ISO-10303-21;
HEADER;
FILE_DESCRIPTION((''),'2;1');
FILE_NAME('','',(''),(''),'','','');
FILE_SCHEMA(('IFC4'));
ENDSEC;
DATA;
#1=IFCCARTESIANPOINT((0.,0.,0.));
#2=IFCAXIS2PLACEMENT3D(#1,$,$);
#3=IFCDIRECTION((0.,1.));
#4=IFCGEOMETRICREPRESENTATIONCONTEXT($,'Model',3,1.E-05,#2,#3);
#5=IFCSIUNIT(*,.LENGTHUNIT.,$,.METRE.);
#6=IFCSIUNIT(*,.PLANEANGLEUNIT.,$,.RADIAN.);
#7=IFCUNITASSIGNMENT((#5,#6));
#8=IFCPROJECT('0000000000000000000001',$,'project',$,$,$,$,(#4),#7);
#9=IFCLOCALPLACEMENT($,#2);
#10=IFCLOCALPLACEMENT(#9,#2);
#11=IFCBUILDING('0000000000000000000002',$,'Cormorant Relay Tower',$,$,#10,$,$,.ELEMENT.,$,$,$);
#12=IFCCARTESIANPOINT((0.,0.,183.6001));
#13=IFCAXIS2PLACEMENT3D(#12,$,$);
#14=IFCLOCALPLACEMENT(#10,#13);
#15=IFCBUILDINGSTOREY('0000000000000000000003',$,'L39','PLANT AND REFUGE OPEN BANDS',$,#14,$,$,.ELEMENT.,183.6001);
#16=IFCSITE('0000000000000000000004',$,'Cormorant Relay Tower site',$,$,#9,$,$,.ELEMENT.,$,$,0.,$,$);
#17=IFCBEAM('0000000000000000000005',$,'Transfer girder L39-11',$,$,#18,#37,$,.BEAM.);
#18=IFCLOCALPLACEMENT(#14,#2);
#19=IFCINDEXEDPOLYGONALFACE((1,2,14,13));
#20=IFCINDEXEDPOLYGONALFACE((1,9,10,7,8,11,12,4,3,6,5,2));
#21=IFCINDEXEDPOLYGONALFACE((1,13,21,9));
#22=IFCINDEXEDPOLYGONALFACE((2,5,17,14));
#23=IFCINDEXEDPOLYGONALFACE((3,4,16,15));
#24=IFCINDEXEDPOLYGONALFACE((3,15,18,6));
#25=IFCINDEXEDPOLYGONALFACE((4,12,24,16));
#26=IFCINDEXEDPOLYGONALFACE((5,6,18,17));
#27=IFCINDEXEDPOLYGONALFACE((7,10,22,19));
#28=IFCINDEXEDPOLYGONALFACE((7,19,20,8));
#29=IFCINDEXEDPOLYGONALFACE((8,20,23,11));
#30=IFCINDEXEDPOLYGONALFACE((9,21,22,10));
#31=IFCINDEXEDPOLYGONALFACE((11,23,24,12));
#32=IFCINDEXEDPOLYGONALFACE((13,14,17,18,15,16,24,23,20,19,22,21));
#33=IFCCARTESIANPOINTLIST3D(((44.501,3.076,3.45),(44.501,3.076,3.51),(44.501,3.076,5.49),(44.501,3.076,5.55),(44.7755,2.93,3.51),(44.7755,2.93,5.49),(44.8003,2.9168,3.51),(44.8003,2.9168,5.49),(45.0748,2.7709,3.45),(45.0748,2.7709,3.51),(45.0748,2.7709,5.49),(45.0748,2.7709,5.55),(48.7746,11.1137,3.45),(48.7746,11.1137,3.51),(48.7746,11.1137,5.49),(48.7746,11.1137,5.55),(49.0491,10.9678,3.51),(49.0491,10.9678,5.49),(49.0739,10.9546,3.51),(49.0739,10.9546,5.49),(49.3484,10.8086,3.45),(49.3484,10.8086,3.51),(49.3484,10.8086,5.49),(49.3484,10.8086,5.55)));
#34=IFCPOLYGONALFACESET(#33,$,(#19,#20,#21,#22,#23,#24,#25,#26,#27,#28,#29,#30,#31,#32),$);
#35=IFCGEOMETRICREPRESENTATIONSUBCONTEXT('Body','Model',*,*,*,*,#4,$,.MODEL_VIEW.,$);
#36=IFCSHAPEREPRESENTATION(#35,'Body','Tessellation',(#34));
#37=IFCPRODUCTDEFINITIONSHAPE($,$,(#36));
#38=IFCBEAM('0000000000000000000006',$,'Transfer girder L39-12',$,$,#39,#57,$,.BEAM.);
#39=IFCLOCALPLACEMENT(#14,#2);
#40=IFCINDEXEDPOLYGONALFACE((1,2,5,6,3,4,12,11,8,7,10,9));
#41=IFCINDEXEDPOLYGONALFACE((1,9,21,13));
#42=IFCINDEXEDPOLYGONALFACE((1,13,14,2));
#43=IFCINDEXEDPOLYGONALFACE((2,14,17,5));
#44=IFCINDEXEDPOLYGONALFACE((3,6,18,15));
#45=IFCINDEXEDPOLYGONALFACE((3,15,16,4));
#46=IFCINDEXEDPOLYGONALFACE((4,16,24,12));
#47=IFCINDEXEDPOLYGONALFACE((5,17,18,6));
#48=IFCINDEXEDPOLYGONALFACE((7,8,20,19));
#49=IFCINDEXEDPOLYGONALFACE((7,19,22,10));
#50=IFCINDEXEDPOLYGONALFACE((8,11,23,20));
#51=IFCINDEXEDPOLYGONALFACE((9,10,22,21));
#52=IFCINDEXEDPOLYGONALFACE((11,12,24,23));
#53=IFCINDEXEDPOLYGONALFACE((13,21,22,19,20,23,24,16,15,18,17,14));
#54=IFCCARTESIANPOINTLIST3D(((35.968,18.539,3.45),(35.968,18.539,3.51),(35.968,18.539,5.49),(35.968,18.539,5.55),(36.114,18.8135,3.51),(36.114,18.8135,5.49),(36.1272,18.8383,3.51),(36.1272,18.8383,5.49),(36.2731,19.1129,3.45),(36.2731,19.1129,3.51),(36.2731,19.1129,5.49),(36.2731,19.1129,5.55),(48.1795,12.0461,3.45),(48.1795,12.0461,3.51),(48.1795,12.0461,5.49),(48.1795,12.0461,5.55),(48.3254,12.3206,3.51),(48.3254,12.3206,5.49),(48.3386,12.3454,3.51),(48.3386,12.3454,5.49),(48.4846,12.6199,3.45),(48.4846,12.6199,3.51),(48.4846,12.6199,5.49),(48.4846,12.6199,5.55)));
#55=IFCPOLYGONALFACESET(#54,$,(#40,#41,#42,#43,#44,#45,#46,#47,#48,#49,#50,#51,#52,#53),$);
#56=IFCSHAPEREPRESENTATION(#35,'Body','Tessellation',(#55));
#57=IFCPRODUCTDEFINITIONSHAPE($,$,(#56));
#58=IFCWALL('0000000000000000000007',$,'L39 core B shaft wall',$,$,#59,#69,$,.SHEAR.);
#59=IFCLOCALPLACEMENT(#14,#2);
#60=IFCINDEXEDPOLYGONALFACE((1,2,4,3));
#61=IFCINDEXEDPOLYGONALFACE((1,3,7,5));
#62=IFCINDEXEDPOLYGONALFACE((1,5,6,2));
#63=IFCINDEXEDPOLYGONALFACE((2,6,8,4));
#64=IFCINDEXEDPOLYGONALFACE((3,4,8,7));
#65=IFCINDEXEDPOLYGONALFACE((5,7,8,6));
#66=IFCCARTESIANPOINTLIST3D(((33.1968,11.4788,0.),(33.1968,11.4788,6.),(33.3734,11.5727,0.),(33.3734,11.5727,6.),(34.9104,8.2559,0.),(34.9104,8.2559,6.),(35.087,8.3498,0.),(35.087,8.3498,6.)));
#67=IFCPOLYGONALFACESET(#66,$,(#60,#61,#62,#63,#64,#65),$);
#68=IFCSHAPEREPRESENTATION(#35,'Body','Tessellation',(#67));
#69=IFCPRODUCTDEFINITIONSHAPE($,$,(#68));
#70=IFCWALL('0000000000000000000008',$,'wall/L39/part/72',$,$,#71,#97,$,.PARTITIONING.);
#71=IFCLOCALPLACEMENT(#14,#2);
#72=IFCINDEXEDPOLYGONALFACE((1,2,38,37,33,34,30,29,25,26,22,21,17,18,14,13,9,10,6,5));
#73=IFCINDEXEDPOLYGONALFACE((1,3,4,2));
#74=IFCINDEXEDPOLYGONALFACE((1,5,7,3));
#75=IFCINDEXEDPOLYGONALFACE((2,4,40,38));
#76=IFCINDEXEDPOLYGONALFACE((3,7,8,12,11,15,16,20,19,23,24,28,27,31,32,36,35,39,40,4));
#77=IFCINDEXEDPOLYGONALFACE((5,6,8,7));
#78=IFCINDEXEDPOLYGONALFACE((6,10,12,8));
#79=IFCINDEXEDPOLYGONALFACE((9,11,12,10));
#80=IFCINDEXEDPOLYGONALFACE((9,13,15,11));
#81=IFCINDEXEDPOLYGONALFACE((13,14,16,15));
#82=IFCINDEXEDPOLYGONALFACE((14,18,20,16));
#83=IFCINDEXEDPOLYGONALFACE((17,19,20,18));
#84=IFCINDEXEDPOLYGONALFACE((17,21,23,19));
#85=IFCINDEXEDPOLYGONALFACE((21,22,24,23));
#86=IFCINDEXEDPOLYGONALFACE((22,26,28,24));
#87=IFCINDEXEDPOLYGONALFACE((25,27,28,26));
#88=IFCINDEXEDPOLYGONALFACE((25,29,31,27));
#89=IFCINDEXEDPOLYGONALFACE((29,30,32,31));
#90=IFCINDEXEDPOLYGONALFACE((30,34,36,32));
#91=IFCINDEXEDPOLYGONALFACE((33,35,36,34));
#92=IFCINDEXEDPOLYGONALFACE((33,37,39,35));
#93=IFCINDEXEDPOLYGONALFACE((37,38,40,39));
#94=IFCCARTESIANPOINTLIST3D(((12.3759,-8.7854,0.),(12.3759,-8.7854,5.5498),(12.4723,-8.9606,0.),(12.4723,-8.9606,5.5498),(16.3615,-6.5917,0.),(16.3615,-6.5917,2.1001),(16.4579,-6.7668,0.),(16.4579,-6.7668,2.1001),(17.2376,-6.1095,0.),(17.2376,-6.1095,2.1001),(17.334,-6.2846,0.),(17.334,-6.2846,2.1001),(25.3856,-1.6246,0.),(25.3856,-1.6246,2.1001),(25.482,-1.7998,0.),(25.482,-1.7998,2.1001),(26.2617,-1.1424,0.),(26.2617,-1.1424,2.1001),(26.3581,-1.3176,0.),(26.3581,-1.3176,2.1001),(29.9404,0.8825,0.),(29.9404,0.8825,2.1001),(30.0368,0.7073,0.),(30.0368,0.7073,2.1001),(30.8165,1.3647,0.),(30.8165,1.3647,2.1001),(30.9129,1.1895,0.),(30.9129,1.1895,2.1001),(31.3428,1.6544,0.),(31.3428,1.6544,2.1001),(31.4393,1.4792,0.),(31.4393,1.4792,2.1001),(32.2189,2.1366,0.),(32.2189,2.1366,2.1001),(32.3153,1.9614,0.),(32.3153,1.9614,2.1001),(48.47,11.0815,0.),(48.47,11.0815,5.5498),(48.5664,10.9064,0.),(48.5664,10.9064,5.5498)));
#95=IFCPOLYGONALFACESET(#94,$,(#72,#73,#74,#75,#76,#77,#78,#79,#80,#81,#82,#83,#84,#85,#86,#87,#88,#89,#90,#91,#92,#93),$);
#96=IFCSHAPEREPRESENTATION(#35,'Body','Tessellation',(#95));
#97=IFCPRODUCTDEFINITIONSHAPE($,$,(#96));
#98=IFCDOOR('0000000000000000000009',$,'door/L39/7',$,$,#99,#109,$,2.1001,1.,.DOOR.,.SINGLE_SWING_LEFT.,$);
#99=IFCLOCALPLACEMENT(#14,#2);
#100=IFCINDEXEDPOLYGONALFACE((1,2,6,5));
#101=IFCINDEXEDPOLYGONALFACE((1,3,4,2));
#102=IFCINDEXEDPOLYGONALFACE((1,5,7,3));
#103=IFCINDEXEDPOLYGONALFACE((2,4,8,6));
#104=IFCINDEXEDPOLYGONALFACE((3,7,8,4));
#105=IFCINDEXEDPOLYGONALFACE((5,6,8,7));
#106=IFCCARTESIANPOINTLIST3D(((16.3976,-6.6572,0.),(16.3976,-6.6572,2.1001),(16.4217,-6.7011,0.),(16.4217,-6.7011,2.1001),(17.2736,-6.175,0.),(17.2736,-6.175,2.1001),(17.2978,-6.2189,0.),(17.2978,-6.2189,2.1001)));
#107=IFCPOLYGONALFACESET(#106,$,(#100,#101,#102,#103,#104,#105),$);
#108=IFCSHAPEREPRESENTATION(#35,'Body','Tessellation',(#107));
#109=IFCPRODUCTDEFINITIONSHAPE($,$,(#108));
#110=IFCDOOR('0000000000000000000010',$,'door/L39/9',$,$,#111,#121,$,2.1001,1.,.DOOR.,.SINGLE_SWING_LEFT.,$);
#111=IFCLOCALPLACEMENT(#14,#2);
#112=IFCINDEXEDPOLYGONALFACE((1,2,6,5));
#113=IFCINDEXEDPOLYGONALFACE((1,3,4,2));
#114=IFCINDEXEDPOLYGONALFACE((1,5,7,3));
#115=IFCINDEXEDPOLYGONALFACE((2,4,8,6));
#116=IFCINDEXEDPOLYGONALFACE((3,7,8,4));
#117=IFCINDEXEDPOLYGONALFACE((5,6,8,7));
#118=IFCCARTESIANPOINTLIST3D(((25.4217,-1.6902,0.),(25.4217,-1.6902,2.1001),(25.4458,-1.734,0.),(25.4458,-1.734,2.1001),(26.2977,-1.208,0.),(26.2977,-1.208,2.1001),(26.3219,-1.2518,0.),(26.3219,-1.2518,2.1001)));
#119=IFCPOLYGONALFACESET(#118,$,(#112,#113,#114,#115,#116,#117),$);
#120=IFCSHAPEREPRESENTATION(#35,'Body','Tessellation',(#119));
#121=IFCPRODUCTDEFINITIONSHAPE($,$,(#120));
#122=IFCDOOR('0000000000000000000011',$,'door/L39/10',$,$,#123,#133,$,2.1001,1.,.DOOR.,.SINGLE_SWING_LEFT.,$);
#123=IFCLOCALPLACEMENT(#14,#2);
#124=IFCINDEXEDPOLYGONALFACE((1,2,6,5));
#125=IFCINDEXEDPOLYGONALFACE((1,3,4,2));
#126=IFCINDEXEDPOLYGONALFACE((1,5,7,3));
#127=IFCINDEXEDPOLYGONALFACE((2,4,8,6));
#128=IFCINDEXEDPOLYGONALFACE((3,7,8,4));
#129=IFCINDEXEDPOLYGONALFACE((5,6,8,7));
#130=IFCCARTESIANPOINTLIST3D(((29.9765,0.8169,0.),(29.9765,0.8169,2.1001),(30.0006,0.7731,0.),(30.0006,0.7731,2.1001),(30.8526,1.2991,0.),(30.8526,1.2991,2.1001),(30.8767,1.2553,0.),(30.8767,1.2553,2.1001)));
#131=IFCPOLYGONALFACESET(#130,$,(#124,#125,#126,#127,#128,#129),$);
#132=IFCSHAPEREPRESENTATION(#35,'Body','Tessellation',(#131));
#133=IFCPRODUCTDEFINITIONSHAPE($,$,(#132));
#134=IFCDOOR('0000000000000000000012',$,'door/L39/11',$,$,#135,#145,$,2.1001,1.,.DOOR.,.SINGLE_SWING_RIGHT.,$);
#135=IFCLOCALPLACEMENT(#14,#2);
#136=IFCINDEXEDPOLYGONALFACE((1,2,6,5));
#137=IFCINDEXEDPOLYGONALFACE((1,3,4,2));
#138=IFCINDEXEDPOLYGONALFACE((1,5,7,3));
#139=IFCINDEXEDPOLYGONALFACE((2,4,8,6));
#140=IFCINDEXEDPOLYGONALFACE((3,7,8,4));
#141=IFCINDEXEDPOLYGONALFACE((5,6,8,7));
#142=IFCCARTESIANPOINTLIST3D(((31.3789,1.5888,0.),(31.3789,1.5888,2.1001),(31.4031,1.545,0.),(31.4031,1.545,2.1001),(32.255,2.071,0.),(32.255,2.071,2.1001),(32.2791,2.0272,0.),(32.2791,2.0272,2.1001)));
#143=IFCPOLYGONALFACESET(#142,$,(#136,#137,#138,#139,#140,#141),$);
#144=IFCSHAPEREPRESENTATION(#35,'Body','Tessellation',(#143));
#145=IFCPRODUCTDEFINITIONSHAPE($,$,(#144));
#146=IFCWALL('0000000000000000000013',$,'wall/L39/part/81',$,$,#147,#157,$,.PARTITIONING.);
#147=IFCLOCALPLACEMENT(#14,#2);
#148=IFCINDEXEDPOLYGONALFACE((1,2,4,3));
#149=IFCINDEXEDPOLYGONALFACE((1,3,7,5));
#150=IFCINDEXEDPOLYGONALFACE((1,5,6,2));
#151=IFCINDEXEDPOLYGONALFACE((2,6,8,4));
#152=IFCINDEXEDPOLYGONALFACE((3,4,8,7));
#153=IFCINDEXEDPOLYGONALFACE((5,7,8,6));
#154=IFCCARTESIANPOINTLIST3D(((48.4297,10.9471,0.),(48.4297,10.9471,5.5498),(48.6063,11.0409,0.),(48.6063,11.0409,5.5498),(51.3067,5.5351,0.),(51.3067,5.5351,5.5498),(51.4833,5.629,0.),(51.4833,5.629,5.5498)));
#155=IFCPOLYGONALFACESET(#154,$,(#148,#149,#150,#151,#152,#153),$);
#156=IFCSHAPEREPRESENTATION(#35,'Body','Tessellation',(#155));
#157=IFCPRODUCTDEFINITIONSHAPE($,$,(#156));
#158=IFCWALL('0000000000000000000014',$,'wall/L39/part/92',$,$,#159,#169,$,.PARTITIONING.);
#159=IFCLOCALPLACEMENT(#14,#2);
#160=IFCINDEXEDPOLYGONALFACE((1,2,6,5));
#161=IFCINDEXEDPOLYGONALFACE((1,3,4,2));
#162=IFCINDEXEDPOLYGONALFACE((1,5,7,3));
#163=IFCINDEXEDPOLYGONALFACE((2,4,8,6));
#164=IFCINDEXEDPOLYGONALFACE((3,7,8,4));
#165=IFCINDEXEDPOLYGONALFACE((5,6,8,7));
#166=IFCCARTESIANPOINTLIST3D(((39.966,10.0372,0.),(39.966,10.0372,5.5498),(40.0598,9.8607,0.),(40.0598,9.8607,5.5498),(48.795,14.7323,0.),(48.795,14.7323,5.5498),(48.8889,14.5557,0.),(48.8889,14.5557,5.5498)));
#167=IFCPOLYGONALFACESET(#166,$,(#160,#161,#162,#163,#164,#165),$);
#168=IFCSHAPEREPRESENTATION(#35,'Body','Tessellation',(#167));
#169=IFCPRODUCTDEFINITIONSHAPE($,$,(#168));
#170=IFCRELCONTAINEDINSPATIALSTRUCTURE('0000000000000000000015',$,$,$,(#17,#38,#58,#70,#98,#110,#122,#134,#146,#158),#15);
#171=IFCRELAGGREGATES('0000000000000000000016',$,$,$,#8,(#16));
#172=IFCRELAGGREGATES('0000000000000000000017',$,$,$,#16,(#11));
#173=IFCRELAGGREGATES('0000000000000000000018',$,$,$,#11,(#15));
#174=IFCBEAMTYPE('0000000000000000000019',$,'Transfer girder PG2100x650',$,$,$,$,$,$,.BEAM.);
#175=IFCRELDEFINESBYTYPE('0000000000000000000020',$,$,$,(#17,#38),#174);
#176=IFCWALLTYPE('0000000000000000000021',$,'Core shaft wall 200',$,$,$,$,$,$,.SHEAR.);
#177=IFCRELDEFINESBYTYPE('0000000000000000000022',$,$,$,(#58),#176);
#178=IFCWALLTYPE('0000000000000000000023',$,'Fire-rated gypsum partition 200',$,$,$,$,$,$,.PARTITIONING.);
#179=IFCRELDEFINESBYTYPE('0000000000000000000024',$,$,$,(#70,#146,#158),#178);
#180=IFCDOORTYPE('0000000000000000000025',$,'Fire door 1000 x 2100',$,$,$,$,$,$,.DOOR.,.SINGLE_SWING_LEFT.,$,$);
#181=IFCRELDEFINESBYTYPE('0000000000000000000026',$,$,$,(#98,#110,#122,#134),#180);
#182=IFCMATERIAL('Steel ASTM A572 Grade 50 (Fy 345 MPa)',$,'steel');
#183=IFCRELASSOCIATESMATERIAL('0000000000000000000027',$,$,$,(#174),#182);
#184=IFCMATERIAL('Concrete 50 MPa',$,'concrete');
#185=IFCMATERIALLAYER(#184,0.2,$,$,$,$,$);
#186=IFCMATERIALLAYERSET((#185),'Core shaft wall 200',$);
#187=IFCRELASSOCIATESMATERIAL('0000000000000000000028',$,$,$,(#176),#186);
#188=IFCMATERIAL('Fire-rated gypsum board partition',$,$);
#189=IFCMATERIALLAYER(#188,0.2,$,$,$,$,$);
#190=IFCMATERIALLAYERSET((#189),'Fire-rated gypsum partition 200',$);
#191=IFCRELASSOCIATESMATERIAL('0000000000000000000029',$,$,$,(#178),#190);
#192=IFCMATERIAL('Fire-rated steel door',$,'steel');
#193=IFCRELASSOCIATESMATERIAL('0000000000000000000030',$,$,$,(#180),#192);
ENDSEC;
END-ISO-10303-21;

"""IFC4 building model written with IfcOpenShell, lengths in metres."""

from ifc_helpers import new_model, si_unit, direction, frame, frame_2d, origin, origin_2d, place, context, subcontext, project, spatial, rectangle, i_section, extrude, material, layer, layer_set, material_profile, profile_set, type_object, element, fill, save


model = new_model("IFC4")

# Units and contexts
model_context = context("Model", 3, precision=1e-05, world=origin(), true_north=direction((0.0, 1.0)))
body_context = subcontext(model_context, "Body", "Model", "MODEL_VIEW")
ifc_project = project(units=[si_unit("LENGTHUNIT", "METRE"), si_unit("PLANEANGLEUNIT", "RADIAN")], contexts=[model_context])

# Site, building, storey
site_placement = place(None, origin())
site = spatial("IfcSite", under=ifc_project, at=site_placement, Name="Cormorant Relay Tower site", CompositionType="ELEMENT", RefElevation=0.0)
building_placement = place(site_placement, origin())
building = spatial("IfcBuilding", under=site, at=building_placement, Name="Cormorant Relay Tower", CompositionType="ELEMENT")
storey_placement = place(building_placement, frame((0.0, 0.0, 183.6001)))
storey = spatial("IfcBuildingStorey", under=building, at=storey_placement, Name="L39", Description="PLANT AND REFUGE OPEN BANDS", CompositionType="ELEMENT", Elevation=183.6001)

# Beams
ifc_material_1 = material(Name="Steel ASTM A572 Grade 50 (Fy 345 MPa)", Category="steel")
ifc_material_profile_1 = material_profile(ifc_material_1, i_section(OverallWidth=0.6499, OverallDepth=2.1001, WebThickness=0.0281, FlangeThickness=0.0601, at=origin_2d()), Name="PG2100x650")
ifc_profile_set_1 = profile_set([ifc_material_profile_1], Name="Steel ASTM A572 Grade 50 (Fy 345 MPa)")
beam_type = type_object("IfcBeamType", Name="Transfer girder PG2100x650", PredefinedType="BEAM", material=ifc_profile_set_1)
beam_1_placement = place(storey_placement, frame((49.0615, 10.9612, 4.5), z_axis=(-0.469462, -0.882953, 0.0), x_axis=(0.882953, -0.469462, 0.0)))
element("IfcBeam", 1, at=beam_1_placement, inside=storey, type_object=beam_type, Name="Transfer girder L39-11", PredefinedType="BEAM", context=body_context, shape_type="SweptSolid", body=[
    extrude(i_section(OverallWidth=0.6499, OverallDepth=2.1001, WebThickness=0.0281, FlangeThickness=0.0601, at=origin_2d()), origin(), (0.0, 0.0, 1.0), 9.1033),
])
beam_2_placement = place(storey_placement, frame((48.332, 12.333, 4.5), z_axis=(-0.882948, 0.469471, 0.0), x_axis=(-0.469471, -0.882948, 0.0)))
element("IfcBeam", 2, at=beam_2_placement, inside=storey, type_object=beam_type, Name="Transfer girder L39-12", PredefinedType="BEAM", context=body_context, shape_type="SweptSolid", body=[
    extrude(i_section(OverallWidth=0.6499, OverallDepth=2.1001, WebThickness=0.0281, FlangeThickness=0.0601, at=origin_2d()), origin(), (0.0, 0.0, 1.0), 13.8303),
])

# Wall
ifc_material_2 = material(Name="Concrete 50 MPa", Category="concrete")
ifc_layer_1 = layer(ifc_material_2, 0.2)
ifc_layer_set_1 = layer_set([ifc_layer_1], Name="Core shaft wall 200")
wall_type_1 = type_object("IfcWallType", Name="Core shaft wall 200", PredefinedType="SHEAR", material=ifc_layer_set_1)
wall_1_placement = place(storey_placement, frame((34.9988, 8.3027, 0.0), z_axis=(0.0, 0.0, 1.0), x_axis=(-0.469467, 0.88295, 0.0)))
element("IfcWall", 3, at=wall_1_placement, inside=storey, type_object=wall_type_1, Name="L39 core B shaft wall", PredefinedType="SHEAR", context=body_context, shape_type="SweptSolid", body=[
    extrude(rectangle(XDim=3.6501, YDim=0.2, at=frame_2d((1.8252, 0.0))), origin(), (0.0, 0.0, 1.0), 6.0),
])

# Wall, openings, doors
ifc_material_3 = material(Name="Fire-rated gypsum board partition")
ifc_layer_2 = layer(ifc_material_3, 0.2)
ifc_layer_set_2 = layer_set([ifc_layer_2], Name="Fire-rated gypsum partition 200")
wall_type_2 = type_object("IfcWallType", Name="Fire-rated gypsum partition 200", PredefinedType="PARTITIONING", material=ifc_layer_set_2)
wall_2_placement = place(storey_placement, frame((48.5181, 10.9939, 0.0), z_axis=(0.0, 0.0, 1.0), x_axis=(-0.87606, -0.482203, 0.0)))
wall_2 = element("IfcWall", 4, at=wall_2_placement, inside=storey, type_object=wall_type_2, Name="wall/L39/part/72", PredefinedType="PARTITIONING", context=body_context, shape_type="SweptSolid", body=[
    extrude(rectangle(XDim=41.2004, YDim=0.2, at=frame_2d((20.6001, 0.0))), origin(), (0.0, 0.0, 1.0), 5.5498),
])
opening_1_placement = place(wall_2_placement, frame((35.6509, 0.0, 0.0)))
opening_1 = element("IfcOpeningElement", 5, at=opening_1_placement, cuts=wall_2, PredefinedType="OPENING", context=body_context, shape_type="SweptSolid", body=[
    extrude(rectangle(XDim=1.0, YDim=2.1001, at=frame_2d((0.5, 1.05))), frame((0.0, 0.1099, 0.0), z_axis=(0.0, -1.0, 0.0), x_axis=(1.0, 0.0, 0.0)), (0.0, 0.0, 1.0), 0.22),
])
opening_2_placement = place(wall_2_placement, frame((25.3501, 0.0, 0.0)))
opening_2 = element("IfcOpeningElement", 6, at=opening_2_placement, cuts=wall_2, PredefinedType="OPENING", context=body_context, shape_type="SweptSolid", body=[
    extrude(rectangle(XDim=1.0, YDim=2.1001, at=frame_2d((0.5, 1.05))), frame((0.0, 0.1099, 0.0), z_axis=(0.0, -1.0, 0.0), x_axis=(1.0, 0.0, 0.0)), (0.0, 0.0, 1.0), 0.22),
])
opening_3_placement = place(wall_2_placement, frame((20.1509, 0.0, 0.0)))
opening_3 = element("IfcOpeningElement", 7, at=opening_3_placement, cuts=wall_2, PredefinedType="OPENING", context=body_context, shape_type="SweptSolid", body=[
    extrude(rectangle(XDim=1.0, YDim=2.1001, at=frame_2d((0.5, 1.05))), frame((0.0, 0.1099, 0.0), z_axis=(0.0, -1.0, 0.0), x_axis=(1.0, 0.0, 0.0)), (0.0, 0.0, 1.0), 0.22),
])
opening_4_placement = place(wall_2_placement, frame((18.55, 0.0, 0.0)))
opening_4 = element("IfcOpeningElement", 8, at=opening_4_placement, cuts=wall_2, PredefinedType="OPENING", context=body_context, shape_type="SweptSolid", body=[
    extrude(rectangle(XDim=1.0, YDim=2.1001, at=frame_2d((0.5, 1.05))), frame((0.0, 0.1099, 0.0), z_axis=(0.0, -1.0, 0.0), x_axis=(1.0, 0.0, 0.0)), (0.0, 0.0, 1.0), 0.22),
])
ifc_material_4 = material(Name="Fire-rated steel door", Category="steel")
door_type_1 = type_object("IfcDoorType", Name="Fire door 1000 x 2100", OperationType="SINGLE_SWING_LEFT", PredefinedType="DOOR", material=ifc_material_4)
door_1_placement = place(opening_1_placement, origin())
door_1 = element("IfcDoor", 9, at=door_1_placement, inside=storey, type_object=door_type_1, Name="door/L39/7", OperationType="SINGLE_SWING_LEFT", OverallHeight=2.1001, OverallWidth=1.0, PredefinedType="DOOR", context=body_context, shape_type="SweptSolid", body=[
    extrude(rectangle(XDim=1.0, YDim=2.1001, at=frame_2d((0.5, 1.05))), frame((0.0, 0.0249, 0.0), z_axis=(0.0, -1.0, 0.0), x_axis=(1.0, 0.0, 0.0)), (0.0, 0.0, 1.0), 0.05),
])
fill(opening_1, door_1)
door_2_placement = place(opening_2_placement, origin())
door_2 = element("IfcDoor", 10, at=door_2_placement, inside=storey, type_object=door_type_1, Name="door/L39/9", OperationType="SINGLE_SWING_LEFT", OverallHeight=2.1001, OverallWidth=1.0, PredefinedType="DOOR", context=body_context, shape_type="SweptSolid", body=[
    extrude(rectangle(XDim=1.0, YDim=2.1001, at=frame_2d((0.5, 1.05))), frame((0.0, 0.0249, 0.0), z_axis=(0.0, -1.0, 0.0), x_axis=(1.0, 0.0, 0.0)), (0.0, 0.0, 1.0), 0.05),
])
fill(opening_2, door_2)
door_3_placement = place(opening_3_placement, origin())
door_3 = element("IfcDoor", 11, at=door_3_placement, inside=storey, type_object=door_type_1, Name="door/L39/10", OperationType="SINGLE_SWING_LEFT", OverallHeight=2.1001, OverallWidth=1.0, PredefinedType="DOOR", context=body_context, shape_type="SweptSolid", body=[
    extrude(rectangle(XDim=1.0, YDim=2.1001, at=frame_2d((0.5, 1.05))), frame((0.0, 0.0249, 0.0), z_axis=(0.0, -1.0, 0.0), x_axis=(1.0, 0.0, 0.0)), (0.0, 0.0, 1.0), 0.05),
])
fill(opening_3, door_3)
door_4_placement = place(opening_4_placement, origin())
door_4 = element("IfcDoor", 12, at=door_4_placement, inside=storey, type_object=door_type_1, Name="door/L39/11", OperationType="SINGLE_SWING_RIGHT", OverallHeight=2.1001, OverallWidth=1.0, PredefinedType="DOOR", context=body_context, shape_type="SweptSolid", body=[
    extrude(rectangle(XDim=1.0, YDim=2.1001, at=frame_2d((0.5, 1.05))), frame((0.0, 0.0249, 0.0), z_axis=(0.0, -1.0, 0.0), x_axis=(1.0, 0.0, 0.0)), (0.0, 0.0, 1.0), 0.05),
])
fill(opening_4, door_4)

# Walls
wall_3_placement = place(storey_placement, frame((48.5181, 10.9939, 0.0), z_axis=(0.0, 0.0, 1.0), x_axis=(0.469397, -0.882987, 0.0)))
element("IfcWall", 13, at=wall_3_placement, inside=storey, type_object=wall_type_2, Name="wall/L39/part/81", PredefinedType="PARTITIONING", context=body_context, shape_type="SweptSolid", body=[
    extrude(rectangle(XDim=6.1292, YDim=0.2, at=frame_2d((3.0645, 0.0))), origin(), (0.0, 0.0, 1.0), 5.5498),
])
wall_4_placement = place(storey_placement, frame((48.842, 14.644, 0.0), z_axis=(0.0, 0.0, 1.0), x_axis=(-0.882925, -0.469515, 0.0)))
element("IfcWall", 14, at=wall_4_placement, inside=storey, type_object=wall_type_2, Name="wall/L39/part/92", PredefinedType="PARTITIONING", context=body_context, shape_type="SweptSolid", body=[
    extrude(rectangle(XDim=9.9998, YDim=0.2, at=frame_2d((5.0, 0.0))), origin(), (0.0, 0.0, 1.0), 5.5498),
])

save(model, "model.ifc")
